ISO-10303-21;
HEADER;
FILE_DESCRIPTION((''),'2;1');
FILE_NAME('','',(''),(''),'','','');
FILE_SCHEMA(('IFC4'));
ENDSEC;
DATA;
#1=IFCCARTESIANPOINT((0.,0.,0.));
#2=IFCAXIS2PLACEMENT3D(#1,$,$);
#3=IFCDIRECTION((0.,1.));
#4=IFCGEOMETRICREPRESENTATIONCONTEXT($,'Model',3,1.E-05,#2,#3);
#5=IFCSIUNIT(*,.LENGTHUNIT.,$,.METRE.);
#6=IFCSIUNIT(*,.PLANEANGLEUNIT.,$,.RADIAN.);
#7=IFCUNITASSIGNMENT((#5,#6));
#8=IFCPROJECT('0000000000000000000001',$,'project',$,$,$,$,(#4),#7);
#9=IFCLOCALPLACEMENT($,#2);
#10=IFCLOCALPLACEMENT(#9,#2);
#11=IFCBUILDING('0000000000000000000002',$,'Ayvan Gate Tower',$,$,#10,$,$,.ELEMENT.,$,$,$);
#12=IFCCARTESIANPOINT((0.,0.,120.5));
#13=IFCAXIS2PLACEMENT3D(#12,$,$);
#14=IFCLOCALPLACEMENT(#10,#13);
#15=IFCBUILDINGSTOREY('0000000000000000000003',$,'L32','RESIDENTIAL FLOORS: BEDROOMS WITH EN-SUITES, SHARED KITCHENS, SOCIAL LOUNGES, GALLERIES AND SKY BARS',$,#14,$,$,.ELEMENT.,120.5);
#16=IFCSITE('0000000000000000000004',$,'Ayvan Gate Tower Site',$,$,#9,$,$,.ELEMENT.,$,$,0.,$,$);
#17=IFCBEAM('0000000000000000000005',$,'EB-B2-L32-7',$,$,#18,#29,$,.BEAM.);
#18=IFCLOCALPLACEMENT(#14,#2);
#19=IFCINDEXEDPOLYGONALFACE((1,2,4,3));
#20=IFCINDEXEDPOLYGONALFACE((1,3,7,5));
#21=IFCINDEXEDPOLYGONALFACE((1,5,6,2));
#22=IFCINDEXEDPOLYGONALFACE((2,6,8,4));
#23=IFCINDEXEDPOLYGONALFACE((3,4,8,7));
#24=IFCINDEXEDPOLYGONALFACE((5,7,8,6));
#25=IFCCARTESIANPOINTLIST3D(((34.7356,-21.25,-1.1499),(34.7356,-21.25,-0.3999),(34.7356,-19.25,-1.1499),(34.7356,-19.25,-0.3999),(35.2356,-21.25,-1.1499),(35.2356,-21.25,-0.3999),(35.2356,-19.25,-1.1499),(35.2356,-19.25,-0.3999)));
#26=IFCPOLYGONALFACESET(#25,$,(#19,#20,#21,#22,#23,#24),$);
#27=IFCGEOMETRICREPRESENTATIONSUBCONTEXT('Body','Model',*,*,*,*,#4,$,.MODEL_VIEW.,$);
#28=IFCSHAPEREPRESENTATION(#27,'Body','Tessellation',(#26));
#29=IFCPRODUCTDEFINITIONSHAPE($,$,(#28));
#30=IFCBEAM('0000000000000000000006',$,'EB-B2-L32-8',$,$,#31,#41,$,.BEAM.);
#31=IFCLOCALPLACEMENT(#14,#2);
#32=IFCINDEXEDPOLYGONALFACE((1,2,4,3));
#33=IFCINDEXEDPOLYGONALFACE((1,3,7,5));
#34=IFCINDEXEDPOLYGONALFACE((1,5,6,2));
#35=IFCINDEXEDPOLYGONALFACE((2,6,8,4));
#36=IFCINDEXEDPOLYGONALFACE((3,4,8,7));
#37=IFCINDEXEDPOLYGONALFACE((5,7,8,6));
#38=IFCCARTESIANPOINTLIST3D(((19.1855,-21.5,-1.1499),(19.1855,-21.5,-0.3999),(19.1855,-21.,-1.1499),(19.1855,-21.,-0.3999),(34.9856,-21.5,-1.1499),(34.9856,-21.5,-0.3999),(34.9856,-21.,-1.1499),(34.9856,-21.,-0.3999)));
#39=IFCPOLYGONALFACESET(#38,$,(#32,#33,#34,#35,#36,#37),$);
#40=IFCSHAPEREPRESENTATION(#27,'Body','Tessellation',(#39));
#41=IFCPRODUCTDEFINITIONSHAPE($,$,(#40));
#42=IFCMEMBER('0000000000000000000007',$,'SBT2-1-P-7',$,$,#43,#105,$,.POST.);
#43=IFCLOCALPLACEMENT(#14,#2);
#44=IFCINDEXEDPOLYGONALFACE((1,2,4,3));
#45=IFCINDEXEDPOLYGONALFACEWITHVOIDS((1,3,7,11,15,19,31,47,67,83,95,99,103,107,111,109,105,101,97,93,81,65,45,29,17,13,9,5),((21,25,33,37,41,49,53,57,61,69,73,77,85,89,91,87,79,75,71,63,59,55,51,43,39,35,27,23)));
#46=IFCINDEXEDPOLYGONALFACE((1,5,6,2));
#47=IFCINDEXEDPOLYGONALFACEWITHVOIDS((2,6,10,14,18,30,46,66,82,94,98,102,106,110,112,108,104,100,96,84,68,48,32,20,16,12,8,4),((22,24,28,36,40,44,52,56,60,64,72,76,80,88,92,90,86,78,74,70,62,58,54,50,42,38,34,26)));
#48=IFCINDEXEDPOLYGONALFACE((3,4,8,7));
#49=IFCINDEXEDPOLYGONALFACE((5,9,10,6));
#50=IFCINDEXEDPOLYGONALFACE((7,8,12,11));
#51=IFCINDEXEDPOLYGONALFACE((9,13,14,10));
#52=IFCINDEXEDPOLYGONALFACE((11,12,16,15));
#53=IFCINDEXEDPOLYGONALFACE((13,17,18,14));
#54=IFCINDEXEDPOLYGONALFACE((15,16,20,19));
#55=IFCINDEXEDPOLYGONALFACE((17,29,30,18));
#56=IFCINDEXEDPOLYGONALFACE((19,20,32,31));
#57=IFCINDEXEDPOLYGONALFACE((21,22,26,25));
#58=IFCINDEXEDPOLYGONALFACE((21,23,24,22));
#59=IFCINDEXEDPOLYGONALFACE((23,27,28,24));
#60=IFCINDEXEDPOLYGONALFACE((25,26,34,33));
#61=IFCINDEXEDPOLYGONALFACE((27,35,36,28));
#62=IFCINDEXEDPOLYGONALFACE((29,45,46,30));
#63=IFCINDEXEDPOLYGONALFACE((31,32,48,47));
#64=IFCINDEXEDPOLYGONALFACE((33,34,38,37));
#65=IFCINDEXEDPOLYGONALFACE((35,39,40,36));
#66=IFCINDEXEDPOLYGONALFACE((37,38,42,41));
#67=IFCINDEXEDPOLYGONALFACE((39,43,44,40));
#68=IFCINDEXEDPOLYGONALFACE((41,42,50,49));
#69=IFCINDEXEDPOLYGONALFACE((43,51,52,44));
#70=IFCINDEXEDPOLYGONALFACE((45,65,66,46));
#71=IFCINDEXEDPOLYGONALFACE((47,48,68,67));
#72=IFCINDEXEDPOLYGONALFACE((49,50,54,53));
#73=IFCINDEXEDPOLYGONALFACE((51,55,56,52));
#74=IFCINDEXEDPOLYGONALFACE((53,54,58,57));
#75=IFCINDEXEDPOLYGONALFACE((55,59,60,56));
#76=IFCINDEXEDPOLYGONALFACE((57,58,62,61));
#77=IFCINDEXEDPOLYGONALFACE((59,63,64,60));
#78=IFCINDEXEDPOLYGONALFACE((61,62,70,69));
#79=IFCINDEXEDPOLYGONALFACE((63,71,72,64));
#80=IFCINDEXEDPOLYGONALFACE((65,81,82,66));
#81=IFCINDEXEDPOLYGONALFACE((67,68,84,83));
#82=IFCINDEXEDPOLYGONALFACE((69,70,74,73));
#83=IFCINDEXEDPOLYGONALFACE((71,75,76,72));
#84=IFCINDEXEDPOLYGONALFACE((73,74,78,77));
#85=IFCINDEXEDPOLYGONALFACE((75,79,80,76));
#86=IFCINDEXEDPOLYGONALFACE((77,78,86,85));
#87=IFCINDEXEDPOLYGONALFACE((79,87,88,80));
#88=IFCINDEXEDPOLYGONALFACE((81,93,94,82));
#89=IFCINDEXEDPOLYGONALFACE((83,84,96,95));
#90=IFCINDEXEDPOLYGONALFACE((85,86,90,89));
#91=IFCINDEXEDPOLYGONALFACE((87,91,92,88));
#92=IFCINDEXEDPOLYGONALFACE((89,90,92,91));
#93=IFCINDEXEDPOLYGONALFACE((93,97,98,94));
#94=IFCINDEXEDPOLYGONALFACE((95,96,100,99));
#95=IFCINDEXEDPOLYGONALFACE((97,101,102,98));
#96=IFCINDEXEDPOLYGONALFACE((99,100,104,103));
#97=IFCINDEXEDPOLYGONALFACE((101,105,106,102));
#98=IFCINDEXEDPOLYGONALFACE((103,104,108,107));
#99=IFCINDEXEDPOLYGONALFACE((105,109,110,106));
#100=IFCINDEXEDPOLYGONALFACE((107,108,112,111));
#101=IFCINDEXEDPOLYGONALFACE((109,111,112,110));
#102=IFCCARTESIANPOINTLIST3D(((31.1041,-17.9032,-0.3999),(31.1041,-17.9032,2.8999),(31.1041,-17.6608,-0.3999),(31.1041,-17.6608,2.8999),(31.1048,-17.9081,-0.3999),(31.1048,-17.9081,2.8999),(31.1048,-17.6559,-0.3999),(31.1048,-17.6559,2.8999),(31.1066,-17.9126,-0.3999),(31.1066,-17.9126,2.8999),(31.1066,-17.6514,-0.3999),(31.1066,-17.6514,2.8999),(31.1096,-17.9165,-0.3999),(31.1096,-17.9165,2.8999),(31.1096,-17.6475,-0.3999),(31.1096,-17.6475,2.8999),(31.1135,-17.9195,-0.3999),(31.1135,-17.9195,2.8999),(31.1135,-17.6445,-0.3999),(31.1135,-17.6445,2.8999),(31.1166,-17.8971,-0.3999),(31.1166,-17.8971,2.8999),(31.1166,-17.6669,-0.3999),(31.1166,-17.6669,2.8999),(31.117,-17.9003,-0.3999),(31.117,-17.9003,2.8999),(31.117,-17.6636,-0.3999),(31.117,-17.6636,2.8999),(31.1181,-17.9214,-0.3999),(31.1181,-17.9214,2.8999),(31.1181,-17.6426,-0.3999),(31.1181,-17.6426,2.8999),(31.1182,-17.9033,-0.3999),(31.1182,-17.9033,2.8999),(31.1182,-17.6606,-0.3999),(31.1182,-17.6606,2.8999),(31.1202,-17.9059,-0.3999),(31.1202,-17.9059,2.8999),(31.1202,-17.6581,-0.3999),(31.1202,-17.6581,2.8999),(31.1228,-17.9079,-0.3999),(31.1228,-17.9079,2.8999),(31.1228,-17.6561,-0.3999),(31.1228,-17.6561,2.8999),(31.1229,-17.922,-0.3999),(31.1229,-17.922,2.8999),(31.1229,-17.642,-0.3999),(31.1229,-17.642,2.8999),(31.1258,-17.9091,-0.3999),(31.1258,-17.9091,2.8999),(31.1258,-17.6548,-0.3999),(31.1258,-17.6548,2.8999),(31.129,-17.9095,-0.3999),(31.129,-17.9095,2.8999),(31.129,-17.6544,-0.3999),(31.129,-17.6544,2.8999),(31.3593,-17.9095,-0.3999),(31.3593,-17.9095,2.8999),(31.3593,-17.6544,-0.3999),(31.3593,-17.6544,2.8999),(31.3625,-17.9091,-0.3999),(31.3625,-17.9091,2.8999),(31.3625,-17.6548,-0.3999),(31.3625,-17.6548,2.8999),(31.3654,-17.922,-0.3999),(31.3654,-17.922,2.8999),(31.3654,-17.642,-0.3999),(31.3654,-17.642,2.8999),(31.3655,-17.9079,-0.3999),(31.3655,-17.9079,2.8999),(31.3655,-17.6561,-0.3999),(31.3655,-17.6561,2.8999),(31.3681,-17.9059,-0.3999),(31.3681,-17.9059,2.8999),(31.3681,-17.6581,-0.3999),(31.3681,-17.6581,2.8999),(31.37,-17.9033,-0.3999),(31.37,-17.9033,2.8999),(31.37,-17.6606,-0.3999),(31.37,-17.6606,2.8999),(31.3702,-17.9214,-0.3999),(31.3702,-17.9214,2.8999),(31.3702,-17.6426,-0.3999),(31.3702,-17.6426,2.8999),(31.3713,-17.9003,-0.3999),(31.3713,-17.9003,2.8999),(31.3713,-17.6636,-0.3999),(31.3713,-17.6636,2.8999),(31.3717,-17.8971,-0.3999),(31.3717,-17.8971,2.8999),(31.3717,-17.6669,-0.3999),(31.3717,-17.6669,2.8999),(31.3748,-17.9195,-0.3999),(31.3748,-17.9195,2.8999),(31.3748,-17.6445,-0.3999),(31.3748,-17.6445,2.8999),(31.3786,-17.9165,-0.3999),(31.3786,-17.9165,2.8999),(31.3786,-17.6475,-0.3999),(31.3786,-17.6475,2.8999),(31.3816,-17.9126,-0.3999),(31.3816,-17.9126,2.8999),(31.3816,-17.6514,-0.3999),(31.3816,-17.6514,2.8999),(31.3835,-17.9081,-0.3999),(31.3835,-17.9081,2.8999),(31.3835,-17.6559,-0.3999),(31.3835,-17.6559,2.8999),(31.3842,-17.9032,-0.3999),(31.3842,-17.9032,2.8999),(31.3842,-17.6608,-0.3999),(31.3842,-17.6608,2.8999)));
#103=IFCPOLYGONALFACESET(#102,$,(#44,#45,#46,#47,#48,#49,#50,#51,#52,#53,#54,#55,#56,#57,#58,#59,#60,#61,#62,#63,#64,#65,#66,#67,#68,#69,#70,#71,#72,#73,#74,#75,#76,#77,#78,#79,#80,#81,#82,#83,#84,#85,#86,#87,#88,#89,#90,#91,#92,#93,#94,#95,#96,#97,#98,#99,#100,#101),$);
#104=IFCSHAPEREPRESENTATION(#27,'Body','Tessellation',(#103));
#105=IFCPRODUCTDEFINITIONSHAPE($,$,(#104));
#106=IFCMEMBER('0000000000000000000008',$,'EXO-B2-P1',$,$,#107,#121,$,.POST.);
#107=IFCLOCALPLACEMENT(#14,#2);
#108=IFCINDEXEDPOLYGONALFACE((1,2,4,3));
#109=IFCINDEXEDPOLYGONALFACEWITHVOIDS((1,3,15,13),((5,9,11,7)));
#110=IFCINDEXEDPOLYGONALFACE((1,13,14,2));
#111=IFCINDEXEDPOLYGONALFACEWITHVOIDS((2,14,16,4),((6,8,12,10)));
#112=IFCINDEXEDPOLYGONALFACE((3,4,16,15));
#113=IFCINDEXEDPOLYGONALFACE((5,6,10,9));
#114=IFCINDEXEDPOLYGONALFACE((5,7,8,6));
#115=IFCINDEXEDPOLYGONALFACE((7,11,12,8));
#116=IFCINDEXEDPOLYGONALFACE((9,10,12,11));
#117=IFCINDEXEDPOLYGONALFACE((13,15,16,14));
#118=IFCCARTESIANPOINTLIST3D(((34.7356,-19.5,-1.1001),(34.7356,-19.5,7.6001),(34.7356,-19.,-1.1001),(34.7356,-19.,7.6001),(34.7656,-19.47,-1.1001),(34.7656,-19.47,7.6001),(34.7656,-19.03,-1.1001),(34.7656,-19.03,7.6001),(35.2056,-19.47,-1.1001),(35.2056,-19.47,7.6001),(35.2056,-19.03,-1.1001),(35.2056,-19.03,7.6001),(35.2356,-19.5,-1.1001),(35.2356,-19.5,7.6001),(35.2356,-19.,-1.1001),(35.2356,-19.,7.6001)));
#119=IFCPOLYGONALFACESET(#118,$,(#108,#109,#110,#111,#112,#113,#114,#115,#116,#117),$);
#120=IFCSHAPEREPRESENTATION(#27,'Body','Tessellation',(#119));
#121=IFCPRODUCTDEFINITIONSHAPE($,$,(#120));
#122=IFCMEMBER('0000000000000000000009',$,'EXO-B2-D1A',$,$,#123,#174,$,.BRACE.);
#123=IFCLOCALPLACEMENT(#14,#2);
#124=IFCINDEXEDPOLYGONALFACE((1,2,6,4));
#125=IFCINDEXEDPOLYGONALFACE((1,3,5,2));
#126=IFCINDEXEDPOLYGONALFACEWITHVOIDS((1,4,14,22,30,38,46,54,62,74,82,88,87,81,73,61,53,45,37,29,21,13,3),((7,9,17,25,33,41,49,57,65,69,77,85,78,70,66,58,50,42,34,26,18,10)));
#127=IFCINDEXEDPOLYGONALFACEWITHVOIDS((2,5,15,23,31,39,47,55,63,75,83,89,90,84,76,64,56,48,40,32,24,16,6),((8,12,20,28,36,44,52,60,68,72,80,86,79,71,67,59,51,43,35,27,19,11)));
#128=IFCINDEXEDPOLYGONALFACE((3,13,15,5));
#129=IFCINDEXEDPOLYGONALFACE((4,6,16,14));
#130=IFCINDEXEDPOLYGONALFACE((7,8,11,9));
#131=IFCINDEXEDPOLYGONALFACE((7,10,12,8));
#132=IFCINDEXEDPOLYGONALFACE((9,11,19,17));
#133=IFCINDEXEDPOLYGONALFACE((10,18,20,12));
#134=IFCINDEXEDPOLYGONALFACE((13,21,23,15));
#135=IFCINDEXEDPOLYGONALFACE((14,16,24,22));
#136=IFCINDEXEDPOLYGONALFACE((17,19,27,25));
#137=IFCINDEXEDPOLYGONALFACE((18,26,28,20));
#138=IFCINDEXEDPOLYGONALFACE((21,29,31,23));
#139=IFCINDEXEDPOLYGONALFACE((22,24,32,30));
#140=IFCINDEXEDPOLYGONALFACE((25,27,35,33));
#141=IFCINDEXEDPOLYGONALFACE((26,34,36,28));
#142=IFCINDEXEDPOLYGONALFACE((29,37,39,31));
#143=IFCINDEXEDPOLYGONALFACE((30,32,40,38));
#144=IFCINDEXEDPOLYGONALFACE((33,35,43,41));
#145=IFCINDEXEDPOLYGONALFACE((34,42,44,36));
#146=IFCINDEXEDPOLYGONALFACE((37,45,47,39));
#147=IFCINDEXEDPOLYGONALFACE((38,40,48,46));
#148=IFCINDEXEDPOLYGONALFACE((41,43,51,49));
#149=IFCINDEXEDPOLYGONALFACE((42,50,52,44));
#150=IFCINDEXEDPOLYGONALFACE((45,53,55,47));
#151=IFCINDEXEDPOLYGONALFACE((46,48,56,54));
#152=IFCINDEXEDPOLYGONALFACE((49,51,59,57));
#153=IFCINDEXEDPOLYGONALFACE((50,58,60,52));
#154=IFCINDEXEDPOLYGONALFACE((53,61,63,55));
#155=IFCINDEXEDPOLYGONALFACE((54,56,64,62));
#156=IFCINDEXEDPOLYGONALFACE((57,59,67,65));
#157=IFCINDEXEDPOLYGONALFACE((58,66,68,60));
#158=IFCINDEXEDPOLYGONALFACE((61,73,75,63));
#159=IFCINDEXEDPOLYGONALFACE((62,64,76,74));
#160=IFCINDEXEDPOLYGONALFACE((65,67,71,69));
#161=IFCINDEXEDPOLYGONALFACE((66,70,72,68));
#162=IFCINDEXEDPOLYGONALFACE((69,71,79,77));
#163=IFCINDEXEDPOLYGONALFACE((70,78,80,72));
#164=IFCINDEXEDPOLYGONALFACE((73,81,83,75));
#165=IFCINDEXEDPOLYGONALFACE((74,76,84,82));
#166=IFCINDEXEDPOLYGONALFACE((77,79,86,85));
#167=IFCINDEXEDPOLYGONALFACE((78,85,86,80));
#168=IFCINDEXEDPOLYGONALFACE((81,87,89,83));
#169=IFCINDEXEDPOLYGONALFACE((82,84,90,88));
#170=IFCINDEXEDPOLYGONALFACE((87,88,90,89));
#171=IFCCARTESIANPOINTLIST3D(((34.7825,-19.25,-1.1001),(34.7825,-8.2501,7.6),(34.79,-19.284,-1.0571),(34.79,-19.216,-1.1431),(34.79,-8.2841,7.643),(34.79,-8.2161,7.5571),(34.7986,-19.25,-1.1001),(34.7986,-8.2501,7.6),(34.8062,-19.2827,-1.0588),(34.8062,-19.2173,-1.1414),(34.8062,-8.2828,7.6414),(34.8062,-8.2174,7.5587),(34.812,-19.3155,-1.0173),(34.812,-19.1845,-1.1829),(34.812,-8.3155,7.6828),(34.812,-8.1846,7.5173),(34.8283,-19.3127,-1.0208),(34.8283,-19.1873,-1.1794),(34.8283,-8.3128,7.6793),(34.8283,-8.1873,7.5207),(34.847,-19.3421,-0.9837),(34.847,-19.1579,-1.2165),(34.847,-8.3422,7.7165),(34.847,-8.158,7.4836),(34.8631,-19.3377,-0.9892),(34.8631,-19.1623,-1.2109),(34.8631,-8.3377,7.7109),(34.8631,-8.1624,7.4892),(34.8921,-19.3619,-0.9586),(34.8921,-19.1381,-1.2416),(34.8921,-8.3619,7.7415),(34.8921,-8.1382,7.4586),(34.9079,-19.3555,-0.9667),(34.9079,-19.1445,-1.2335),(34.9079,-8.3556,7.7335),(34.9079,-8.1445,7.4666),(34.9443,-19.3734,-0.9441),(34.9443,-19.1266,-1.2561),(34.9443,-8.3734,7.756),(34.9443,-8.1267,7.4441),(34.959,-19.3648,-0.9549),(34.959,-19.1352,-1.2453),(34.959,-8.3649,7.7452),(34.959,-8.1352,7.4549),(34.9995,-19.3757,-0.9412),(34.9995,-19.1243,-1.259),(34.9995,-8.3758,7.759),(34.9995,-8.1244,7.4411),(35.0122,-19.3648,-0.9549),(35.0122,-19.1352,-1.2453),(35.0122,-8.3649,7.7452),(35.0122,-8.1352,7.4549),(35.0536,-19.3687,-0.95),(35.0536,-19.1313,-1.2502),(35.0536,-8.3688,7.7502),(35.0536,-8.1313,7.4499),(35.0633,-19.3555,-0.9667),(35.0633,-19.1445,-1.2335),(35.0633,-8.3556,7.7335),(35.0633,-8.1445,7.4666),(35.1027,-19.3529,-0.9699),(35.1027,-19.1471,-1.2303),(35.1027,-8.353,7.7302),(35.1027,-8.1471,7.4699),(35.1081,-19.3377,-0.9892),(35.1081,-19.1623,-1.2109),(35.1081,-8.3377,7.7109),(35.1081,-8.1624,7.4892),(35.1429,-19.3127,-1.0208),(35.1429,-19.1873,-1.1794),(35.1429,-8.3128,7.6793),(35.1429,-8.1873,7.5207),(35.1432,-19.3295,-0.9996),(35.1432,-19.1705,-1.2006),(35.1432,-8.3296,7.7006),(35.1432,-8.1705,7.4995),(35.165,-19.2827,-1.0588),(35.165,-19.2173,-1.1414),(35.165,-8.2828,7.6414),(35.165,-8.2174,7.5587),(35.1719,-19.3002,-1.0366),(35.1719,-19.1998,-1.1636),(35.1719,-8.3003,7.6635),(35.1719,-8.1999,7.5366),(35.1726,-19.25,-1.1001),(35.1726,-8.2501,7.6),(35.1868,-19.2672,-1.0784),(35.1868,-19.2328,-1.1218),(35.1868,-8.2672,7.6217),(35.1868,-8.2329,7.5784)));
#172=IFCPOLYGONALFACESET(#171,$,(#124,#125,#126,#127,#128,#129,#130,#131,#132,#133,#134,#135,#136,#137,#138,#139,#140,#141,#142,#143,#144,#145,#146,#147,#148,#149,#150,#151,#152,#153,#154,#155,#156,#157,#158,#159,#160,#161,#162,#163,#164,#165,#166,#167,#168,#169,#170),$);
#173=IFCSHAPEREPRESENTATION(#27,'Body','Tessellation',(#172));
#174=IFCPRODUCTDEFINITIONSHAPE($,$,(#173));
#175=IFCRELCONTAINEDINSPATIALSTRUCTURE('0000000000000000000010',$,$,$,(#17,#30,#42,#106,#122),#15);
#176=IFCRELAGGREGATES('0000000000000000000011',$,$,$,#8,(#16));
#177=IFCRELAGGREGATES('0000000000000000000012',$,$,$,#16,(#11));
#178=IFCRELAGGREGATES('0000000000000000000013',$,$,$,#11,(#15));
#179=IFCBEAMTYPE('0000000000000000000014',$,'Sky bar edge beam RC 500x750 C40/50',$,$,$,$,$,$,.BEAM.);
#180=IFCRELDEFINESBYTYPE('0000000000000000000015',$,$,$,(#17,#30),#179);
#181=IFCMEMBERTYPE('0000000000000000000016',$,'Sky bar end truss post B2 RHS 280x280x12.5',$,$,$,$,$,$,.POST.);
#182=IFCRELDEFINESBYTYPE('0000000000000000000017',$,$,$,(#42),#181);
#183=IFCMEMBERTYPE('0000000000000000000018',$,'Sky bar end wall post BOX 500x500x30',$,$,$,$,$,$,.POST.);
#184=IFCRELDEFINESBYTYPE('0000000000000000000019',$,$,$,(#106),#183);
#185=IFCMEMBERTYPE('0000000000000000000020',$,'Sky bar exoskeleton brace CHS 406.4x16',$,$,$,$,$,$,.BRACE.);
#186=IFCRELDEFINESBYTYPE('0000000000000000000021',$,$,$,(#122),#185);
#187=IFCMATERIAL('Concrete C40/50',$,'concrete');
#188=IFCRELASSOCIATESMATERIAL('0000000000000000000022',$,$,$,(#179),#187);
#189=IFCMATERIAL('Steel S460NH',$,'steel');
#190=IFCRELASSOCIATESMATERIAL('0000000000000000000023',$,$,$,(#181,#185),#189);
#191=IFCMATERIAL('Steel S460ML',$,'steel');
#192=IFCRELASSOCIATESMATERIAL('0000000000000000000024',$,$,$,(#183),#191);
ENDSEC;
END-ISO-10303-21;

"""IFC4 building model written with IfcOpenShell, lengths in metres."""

from ifc_helpers import new_model, si_unit, direction, frame, origin, origin_2d, place, context, subcontext, project, spatial, rectangle, hollow_rectangle, hollow_circle, extrude, material, material_profile, profile_set, type_object, element, save


model = new_model("IFC4")

# Units and contexts
model_context = context("Model", 3, precision=1e-05, world=origin(), true_north=direction((0.0, 1.0)))
body_context = subcontext(model_context, "Body", "Model", "MODEL_VIEW")
ifc_project = project(units=[si_unit("LENGTHUNIT", "METRE"), si_unit("PLANEANGLEUNIT", "RADIAN")], contexts=[model_context])

# Site, building, storey
site_placement = place(None, origin())
site = spatial("IfcSite", under=ifc_project, at=site_placement, Name="Ayvan Gate Tower Site", CompositionType="ELEMENT", RefElevation=0.0)
building_placement = place(site_placement, origin())
building = spatial("IfcBuilding", under=site, at=building_placement, Name="Ayvan Gate Tower", CompositionType="ELEMENT")
storey_placement = place(building_placement, frame((0.0, 0.0, 120.5)))
storey = spatial("IfcBuildingStorey", under=building, at=storey_placement, Name="L32", Description="RESIDENTIAL FLOORS: BEDROOMS WITH EN-SUITES, SHARED KITCHENS, SOCIAL LOUNGES, GALLERIES AND SKY BARS", CompositionType="ELEMENT", Elevation=120.5)

# Beams
ifc_material_1 = material(Name="Concrete C40/50", Category="concrete")
ifc_material_profile_1 = material_profile(ifc_material_1, rectangle(XDim=0.5, YDim=0.75, at=origin_2d()), Name="RC 500x750")
ifc_profile_set_1 = profile_set([ifc_material_profile_1], Name="Concrete C40/50")
beam_type = type_object("IfcBeamType", Name="Sky bar edge beam RC 500x750 C40/50", PredefinedType="BEAM", material=ifc_profile_set_1)
beam_1_placement = place(storey_placement, frame((34.9856, -19.25, -0.7749), z_axis=(0.0, -1.0, 0.0), x_axis=(1.0, 0.0, 0.0)))
element("IfcBeam", 1, at=beam_1_placement, inside=storey, type_object=beam_type, Name="EB-B2-L32-7", PredefinedType="BEAM", context=body_context, shape_type="SweptSolid", body=[
    extrude(rectangle(XDim=0.5, YDim=0.75, at=origin_2d()), origin(), (0.0, 0.0, 1.0), 2.0),
])
beam_2_placement = place(storey_placement, frame((34.9856, -21.25, -0.7749), z_axis=(-1.0, 0.0, 0.0), x_axis=(0.0, -1.0, 0.0)))
element("IfcBeam", 2, at=beam_2_placement, inside=storey, type_object=beam_type, Name="EB-B2-L32-8", PredefinedType="BEAM", context=body_context, shape_type="SweptSolid", body=[
    extrude(rectangle(XDim=0.5, YDim=0.75, at=origin_2d()), origin(), (0.0, 0.0, 1.0), 15.8),
])

# Members
ifc_material_2 = material(Name="Steel S460NH", Category="steel")
ifc_material_profile_2 = material_profile(ifc_material_2, hollow_rectangle(XDim=0.28, YDim=0.28, WallThickness=0.0125, InnerFilletRadius=0.0125, OuterFilletRadius=0.0188, at=origin_2d()), Name="RHS 280x280x12.5")
ifc_profile_set_2 = profile_set([ifc_material_profile_2], Name="Steel S460NH")
member_type_1 = type_object("IfcMemberType", Name="Sky bar end truss post B2 RHS 280x280x12.5", PredefinedType="POST", material=ifc_profile_set_2)
member_1_placement = place(storey_placement, frame((31.2441, -17.782, -0.3999), z_axis=(0.0, 0.0, 1.0), x_axis=(1.0, 0.0, 0.0)))
element("IfcMember", 3, at=member_1_placement, inside=storey, type_object=member_type_1, Name="SBT2-1-P-7", PredefinedType="POST", context=body_context, shape_type="SweptSolid", body=[
    extrude(hollow_rectangle(XDim=0.28, YDim=0.28, WallThickness=0.0125, InnerFilletRadius=0.0125, OuterFilletRadius=0.0188, at=origin_2d()), origin(), (0.0, 0.0, 1.0), 3.2998),
])
ifc_material_3 = material(Name="Steel S460ML", Category="steel")
ifc_material_profile_3 = material_profile(ifc_material_3, hollow_rectangle(XDim=0.5, YDim=0.5, WallThickness=0.03, at=origin_2d()), Name="BOX 500x500x30")
ifc_profile_set_3 = profile_set([ifc_material_profile_3], Name="Steel S460ML")
member_type_2 = type_object("IfcMemberType", Name="Sky bar end wall post BOX 500x500x30", PredefinedType="POST", material=ifc_profile_set_3)
member_2_placement = place(storey_placement, frame((34.9856, -19.25, -1.1001), z_axis=(0.0, 0.0, 1.0), x_axis=(1.0, 0.0, 0.0)))
element("IfcMember", 4, at=member_2_placement, inside=storey, type_object=member_type_2, Name="EXO-B2-P1", PredefinedType="POST", context=body_context, shape_type="SweptSolid", body=[
    extrude(hollow_rectangle(XDim=0.5, YDim=0.5, WallThickness=0.03, at=origin_2d()), origin(), (0.0, 0.0, 1.0), 8.7002),
])
ifc_material_profile_4 = material_profile(ifc_material_2, hollow_circle(Radius=0.2031, WallThickness=0.0161, at=origin_2d()), Name="CHS 406.4x16")
ifc_profile_set_4 = profile_set([ifc_material_profile_4], Name="Steel S460NH")
member_type_3 = type_object("IfcMemberType", Name="Sky bar exoskeleton brace CHS 406.4x16", PredefinedType="BRACE", material=ifc_profile_set_4)
member_3_placement = place(storey_placement, frame((34.9856, -19.25, -1.1001), z_axis=(0.0, 0.784328, 0.620346), x_axis=(-1.0, 0.0, 0.0)))
element("IfcMember", 5, at=member_3_placement, inside=storey, type_object=member_type_3, Name="EXO-B2-D1A", PredefinedType="BRACE", context=body_context, shape_type="SweptSolid", body=[
    extrude(hollow_circle(Radius=0.2031, WallThickness=0.0161, at=origin_2d()), origin(), (0.0, 0.0, 1.0), 14.0247),
])

save(model, "model.ifc")
